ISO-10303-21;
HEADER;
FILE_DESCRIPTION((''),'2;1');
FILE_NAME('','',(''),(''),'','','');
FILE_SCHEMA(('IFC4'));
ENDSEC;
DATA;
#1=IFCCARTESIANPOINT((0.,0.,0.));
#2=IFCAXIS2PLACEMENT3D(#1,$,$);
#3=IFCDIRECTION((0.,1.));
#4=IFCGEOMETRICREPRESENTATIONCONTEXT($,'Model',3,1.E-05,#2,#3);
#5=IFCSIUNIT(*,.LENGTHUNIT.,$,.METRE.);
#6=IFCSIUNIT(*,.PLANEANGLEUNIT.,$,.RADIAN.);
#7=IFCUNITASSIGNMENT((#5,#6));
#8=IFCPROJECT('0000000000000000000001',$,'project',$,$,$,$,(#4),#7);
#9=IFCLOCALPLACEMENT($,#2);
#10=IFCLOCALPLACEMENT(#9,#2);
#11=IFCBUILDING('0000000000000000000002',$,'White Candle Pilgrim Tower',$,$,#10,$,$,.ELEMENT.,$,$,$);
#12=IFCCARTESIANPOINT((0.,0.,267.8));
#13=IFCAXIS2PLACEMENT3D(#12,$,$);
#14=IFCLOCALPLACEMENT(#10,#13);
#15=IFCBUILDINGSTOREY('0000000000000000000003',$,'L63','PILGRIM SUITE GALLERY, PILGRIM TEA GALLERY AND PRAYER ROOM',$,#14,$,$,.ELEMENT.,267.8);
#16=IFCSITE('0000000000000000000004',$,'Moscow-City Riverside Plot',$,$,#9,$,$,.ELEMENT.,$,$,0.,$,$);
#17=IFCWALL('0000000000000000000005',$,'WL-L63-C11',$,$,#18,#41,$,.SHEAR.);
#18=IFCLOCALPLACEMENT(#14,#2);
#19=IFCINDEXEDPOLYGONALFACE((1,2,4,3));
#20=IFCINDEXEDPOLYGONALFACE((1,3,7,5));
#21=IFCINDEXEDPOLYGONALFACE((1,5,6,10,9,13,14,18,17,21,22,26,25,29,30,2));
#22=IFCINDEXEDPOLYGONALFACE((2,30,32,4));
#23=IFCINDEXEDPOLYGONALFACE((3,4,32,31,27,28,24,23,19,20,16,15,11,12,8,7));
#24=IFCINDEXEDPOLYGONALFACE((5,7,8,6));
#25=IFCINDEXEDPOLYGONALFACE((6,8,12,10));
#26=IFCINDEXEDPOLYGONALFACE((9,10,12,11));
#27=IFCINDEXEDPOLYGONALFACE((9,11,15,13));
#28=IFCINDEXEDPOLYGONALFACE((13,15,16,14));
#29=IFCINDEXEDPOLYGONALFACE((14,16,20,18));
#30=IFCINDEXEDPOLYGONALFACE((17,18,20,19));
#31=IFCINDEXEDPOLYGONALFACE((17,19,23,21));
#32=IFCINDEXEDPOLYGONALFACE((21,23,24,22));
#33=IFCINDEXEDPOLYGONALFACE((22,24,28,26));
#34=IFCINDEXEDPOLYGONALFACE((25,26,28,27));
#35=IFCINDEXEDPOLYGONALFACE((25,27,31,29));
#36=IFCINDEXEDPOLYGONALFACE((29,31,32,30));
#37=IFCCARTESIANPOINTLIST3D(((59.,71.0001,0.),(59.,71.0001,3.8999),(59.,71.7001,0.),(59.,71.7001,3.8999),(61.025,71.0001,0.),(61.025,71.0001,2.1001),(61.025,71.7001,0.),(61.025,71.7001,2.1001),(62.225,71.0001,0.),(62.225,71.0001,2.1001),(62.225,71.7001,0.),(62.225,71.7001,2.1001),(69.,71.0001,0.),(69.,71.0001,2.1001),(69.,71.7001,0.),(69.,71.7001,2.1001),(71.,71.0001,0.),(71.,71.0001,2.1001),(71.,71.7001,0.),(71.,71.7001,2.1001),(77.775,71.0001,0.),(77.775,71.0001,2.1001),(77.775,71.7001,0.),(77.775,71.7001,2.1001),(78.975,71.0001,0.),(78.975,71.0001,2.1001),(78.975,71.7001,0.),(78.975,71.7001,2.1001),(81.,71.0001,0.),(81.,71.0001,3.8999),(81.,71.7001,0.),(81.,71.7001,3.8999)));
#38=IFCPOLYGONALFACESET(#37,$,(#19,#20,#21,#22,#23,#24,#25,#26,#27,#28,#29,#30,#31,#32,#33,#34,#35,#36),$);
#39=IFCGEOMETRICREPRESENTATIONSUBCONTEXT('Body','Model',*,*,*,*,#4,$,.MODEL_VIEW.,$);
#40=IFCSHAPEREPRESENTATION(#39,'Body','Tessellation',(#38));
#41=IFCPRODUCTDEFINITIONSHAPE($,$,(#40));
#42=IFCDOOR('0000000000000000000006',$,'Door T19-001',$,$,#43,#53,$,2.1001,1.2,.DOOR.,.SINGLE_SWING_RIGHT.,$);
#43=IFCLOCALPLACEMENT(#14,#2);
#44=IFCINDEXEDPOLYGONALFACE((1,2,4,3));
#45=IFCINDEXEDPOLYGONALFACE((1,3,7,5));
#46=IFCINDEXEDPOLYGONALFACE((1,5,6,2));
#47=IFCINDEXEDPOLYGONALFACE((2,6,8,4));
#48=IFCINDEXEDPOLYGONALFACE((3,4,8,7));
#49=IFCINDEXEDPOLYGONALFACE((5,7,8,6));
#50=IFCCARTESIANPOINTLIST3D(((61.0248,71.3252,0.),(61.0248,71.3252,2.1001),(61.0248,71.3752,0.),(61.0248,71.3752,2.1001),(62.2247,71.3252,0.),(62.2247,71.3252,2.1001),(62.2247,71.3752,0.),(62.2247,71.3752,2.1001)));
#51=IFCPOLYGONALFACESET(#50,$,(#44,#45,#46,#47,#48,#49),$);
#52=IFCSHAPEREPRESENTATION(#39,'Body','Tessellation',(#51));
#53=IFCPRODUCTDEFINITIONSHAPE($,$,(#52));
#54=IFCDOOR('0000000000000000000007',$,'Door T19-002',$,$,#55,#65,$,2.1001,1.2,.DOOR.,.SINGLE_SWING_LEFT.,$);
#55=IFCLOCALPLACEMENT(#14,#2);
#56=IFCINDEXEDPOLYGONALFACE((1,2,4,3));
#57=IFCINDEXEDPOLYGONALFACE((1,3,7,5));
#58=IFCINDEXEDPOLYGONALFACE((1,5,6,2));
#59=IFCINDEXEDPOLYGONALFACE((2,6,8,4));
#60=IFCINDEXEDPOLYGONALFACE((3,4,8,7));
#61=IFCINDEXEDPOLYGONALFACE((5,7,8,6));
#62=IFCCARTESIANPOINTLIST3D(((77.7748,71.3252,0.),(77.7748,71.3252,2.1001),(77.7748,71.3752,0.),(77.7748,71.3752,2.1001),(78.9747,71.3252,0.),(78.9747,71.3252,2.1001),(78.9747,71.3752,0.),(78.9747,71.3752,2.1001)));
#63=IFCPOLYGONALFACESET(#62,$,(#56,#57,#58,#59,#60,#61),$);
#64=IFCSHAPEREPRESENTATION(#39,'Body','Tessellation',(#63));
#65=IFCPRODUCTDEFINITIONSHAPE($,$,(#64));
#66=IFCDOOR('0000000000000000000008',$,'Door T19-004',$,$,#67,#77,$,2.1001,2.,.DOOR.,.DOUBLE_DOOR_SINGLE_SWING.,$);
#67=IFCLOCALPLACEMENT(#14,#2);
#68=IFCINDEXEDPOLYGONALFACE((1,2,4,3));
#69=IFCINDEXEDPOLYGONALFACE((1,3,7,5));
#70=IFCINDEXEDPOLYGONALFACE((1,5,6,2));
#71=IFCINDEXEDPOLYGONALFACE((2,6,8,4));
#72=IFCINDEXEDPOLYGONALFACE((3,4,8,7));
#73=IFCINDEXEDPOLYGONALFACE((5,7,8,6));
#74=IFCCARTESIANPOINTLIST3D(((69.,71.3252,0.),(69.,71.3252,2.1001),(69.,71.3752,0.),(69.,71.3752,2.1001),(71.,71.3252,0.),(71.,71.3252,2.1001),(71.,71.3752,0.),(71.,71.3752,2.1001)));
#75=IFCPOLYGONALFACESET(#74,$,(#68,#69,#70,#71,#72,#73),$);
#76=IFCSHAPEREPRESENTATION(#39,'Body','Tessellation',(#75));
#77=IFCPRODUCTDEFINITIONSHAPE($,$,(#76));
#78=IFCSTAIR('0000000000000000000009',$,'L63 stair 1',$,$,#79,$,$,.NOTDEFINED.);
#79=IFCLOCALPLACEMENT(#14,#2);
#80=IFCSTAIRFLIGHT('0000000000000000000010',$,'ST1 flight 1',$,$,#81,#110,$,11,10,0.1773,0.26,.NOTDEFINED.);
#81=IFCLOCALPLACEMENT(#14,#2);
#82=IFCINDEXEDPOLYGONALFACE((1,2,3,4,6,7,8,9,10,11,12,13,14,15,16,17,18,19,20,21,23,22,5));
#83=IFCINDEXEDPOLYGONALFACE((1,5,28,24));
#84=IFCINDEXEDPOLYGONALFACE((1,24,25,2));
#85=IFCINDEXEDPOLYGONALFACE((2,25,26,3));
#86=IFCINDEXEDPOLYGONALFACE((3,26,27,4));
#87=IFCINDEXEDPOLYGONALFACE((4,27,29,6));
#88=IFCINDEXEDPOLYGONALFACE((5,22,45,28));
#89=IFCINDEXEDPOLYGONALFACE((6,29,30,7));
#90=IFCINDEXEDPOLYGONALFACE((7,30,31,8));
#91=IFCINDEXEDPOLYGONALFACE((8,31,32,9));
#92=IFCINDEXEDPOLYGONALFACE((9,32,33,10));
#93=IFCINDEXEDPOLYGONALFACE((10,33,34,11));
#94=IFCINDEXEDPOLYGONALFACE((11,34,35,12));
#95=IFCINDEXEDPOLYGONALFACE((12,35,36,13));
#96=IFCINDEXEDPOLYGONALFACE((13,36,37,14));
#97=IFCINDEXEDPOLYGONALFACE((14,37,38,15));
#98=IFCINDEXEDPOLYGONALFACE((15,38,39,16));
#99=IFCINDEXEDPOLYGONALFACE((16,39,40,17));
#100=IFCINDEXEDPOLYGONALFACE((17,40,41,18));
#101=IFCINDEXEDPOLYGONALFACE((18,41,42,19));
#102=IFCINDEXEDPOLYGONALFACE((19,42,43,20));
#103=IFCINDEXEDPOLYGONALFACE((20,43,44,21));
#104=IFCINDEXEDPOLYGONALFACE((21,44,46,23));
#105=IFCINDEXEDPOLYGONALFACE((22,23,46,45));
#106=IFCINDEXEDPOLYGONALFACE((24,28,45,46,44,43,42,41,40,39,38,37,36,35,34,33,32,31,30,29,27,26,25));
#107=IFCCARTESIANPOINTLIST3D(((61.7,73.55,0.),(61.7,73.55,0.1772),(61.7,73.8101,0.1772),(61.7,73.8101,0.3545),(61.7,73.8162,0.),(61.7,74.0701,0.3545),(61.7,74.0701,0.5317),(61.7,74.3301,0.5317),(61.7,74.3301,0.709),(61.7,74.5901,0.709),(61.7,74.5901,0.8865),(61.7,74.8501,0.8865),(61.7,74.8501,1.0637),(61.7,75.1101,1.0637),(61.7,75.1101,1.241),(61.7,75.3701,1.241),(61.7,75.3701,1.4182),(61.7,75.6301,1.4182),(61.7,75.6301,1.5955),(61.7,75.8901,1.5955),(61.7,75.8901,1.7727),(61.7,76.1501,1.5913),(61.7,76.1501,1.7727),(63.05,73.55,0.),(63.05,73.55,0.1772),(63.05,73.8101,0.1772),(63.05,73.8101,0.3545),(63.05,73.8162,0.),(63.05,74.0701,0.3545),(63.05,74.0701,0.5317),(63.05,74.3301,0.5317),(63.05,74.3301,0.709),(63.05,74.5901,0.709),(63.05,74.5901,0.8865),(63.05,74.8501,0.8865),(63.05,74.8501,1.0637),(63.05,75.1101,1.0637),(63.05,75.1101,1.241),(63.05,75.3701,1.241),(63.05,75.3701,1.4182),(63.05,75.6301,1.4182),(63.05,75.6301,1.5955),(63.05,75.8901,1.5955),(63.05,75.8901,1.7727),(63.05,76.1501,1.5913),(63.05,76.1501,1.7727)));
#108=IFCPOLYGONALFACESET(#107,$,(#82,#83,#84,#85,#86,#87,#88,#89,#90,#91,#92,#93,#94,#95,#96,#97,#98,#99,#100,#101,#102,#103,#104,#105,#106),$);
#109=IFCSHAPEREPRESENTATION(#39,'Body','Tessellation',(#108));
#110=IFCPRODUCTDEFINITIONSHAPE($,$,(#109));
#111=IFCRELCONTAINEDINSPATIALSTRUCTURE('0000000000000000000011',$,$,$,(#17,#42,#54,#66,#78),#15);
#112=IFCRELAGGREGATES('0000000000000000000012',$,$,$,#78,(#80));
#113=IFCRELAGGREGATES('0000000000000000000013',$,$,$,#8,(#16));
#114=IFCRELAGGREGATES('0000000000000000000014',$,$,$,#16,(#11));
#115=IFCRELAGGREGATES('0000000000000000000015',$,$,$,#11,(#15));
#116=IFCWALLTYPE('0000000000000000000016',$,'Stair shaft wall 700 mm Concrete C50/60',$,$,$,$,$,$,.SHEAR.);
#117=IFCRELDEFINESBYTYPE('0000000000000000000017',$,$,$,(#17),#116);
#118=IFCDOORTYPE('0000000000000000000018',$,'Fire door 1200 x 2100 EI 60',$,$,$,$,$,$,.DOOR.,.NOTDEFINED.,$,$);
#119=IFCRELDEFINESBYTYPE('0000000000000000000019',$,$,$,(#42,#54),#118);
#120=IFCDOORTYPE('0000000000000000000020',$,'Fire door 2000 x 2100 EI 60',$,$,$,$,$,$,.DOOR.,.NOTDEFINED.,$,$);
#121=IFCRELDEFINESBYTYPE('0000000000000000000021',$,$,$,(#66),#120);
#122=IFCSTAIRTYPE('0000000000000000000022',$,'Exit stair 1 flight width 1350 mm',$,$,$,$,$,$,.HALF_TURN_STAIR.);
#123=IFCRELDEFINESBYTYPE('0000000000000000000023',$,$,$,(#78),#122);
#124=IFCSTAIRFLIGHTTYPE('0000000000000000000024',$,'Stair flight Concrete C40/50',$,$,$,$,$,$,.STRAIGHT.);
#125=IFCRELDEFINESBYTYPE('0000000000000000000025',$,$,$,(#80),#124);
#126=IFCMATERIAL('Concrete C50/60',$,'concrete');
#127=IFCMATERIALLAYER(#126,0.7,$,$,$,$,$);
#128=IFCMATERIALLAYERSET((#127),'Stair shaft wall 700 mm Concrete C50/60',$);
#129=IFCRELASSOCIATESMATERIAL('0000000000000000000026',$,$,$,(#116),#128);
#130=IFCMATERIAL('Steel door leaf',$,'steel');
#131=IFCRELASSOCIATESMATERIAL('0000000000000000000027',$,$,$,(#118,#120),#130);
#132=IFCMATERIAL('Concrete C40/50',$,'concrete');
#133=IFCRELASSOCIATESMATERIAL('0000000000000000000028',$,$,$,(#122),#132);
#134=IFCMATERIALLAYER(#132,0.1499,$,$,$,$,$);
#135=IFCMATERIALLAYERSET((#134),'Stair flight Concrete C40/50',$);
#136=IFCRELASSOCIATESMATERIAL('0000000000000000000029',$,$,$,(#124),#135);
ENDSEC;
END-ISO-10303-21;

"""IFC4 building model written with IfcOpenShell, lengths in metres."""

from ifc_helpers import new_model, si_unit, direction, frame, frame_2d, origin, place, context, subcontext, project, spatial, polyline, rectangle, outline, extrude, material, layer, layer_set, type_object, element, fill, aggregate, save


model = new_model("IFC4")

# Units and contexts
model_context = context("Model", 3, precision=1e-05, world=origin(), true_north=direction((0.0, 1.0)))
body_context = subcontext(model_context, "Body", "Model", "MODEL_VIEW")
ifc_project = project(units=[si_unit("LENGTHUNIT", "METRE"), si_unit("PLANEANGLEUNIT", "RADIAN")], contexts=[model_context])

# Site, building, storey
site_placement = place(None, origin())
site = spatial("IfcSite", under=ifc_project, at=site_placement, Name="Moscow-City Riverside Plot", CompositionType="ELEMENT", RefElevation=0.0)
building_placement = place(site_placement, origin())
building = spatial("IfcBuilding", under=site, at=building_placement, Name="White Candle Pilgrim Tower", CompositionType="ELEMENT")
storey_placement = place(building_placement, frame((0.0, 0.0, 267.8)))
storey = spatial("IfcBuildingStorey", under=building, at=storey_placement, Name="L63", Description="PILGRIM SUITE GALLERY, PILGRIM TEA GALLERY AND PRAYER ROOM", CompositionType="ELEMENT", Elevation=267.8)

# Shared definitions
ifc_material_1 = material(Name="Concrete C50/60", Category="concrete")

# Wall, openings, doors
ifc_layer_1 = layer(ifc_material_1, 0.7)
ifc_layer_set_1 = layer_set([ifc_layer_1], Name="Stair shaft wall 700 mm Concrete C50/60")
wall_type_1 = type_object("IfcWallType", Name="Stair shaft wall 700 mm Concrete C50/60", PredefinedType="SHEAR", material=ifc_layer_set_1)
wall_1_placement = place(storey_placement, frame((59.0, 71.3501, 0.0), z_axis=(0.0, 0.0, 1.0), x_axis=(1.0, 0.0, 0.0)))
wall_1 = element("IfcWall", 1, at=wall_1_placement, inside=storey, type_object=wall_type_1, Name="WL-L63-C11", PredefinedType="SHEAR", context=body_context, shape_type="SweptSolid", body=[
    extrude(rectangle(XDim=22.0, YDim=0.7, at=frame_2d((11.0, 0.0))), origin(), (0.0, 0.0, 1.0), 3.8999),
])
opening_1_placement = place(wall_1_placement, frame((2.0249, 0.0, 0.0)))
opening_1 = element("IfcOpeningElement", 2, at=opening_1_placement, cuts=wall_1, PredefinedType="OPENING", context=body_context, shape_type="SweptSolid", body=[
    extrude(rectangle(XDim=1.2, YDim=2.1001, at=frame_2d((0.6001, 1.05))), frame((0.0, 0.3599, 0.0), z_axis=(0.0, -1.0, 0.0), x_axis=(1.0, 0.0, 0.0)), (0.0, 0.0, 1.0), 0.72),
])
opening_2_placement = place(wall_1_placement, frame((18.7749, 0.0, 0.0)))
opening_2 = element("IfcOpeningElement", 3, at=opening_2_placement, cuts=wall_1, PredefinedType="OPENING", context=body_context, shape_type="SweptSolid", body=[
    extrude(rectangle(XDim=1.2, YDim=2.1001, at=frame_2d((0.6001, 1.05))), frame((0.0, 0.3599, 0.0), z_axis=(0.0, -1.0, 0.0), x_axis=(1.0, 0.0, 0.0)), (0.0, 0.0, 1.0), 0.72),
])
opening_3_placement = place(wall_1_placement, frame((10.0, 0.0, 0.0)))
opening_3 = element("IfcOpeningElement", 4, at=opening_3_placement, cuts=wall_1, PredefinedType="OPENING", context=body_context, shape_type="SweptSolid", body=[
    extrude(rectangle(XDim=2.0, YDim=2.1001, at=frame_2d((1.0, 1.05))), frame((0.0, 0.3599, 0.0), z_axis=(0.0, -1.0, 0.0), x_axis=(1.0, 0.0, 0.0)), (0.0, 0.0, 1.0), 0.72),
])
ifc_material_2 = material(Name="Steel door leaf", Category="steel")
door_type_1 = type_object("IfcDoorType", Name="Fire door 1200 x 2100 EI 60", OperationType="NOTDEFINED", PredefinedType="DOOR", material=ifc_material_2)
door_1_placement = place(opening_1_placement, frame((1.2, 0.0, 0.0), z_axis=(0.0, 0.0, 1.0), x_axis=(-1.0, 0.0, 0.0)))
door_1 = element("IfcDoor", 5, at=door_1_placement, inside=storey, type_object=door_type_1, Name="Door T19-001", OperationType="SINGLE_SWING_RIGHT", OverallHeight=2.1001, OverallWidth=1.2, PredefinedType="DOOR", context=body_context, shape_type="SweptSolid", body=[
    extrude(rectangle(XDim=1.2, YDim=2.1001, at=frame_2d((0.6001, 1.05))), frame((0.0, 0.0249, 0.0), z_axis=(0.0, -1.0, 0.0), x_axis=(1.0, 0.0, 0.0)), (0.0, 0.0, 1.0), 0.05),
])
fill(opening_1, door_1)
door_2_placement = place(opening_2_placement, frame((1.2, 0.0, 0.0), z_axis=(0.0, 0.0, 1.0), x_axis=(-1.0, 0.0, 0.0)))
door_2 = element("IfcDoor", 6, at=door_2_placement, inside=storey, type_object=door_type_1, Name="Door T19-002", OperationType="SINGLE_SWING_LEFT", OverallHeight=2.1001, OverallWidth=1.2, PredefinedType="DOOR", context=body_context, shape_type="SweptSolid", body=[
    extrude(rectangle(XDim=1.2, YDim=2.1001, at=frame_2d((0.6001, 1.05))), frame((0.0, 0.0249, 0.0), z_axis=(0.0, -1.0, 0.0), x_axis=(1.0, 0.0, 0.0)), (0.0, 0.0, 1.0), 0.05),
])
fill(opening_2, door_2)
door_type_2 = type_object("IfcDoorType", Name="Fire door 2000 x 2100 EI 60", OperationType="NOTDEFINED", PredefinedType="DOOR", material=ifc_material_2)
door_3_placement = place(opening_3_placement, frame((2.0, 0.0, 0.0), z_axis=(0.0, 0.0, 1.0), x_axis=(-1.0, 0.0, 0.0)))
door_3 = element("IfcDoor", 7, at=door_3_placement, inside=storey, type_object=door_type_2, Name="Door T19-004", OperationType="DOUBLE_DOOR_SINGLE_SWING", OverallHeight=2.1001, OverallWidth=2.0, PredefinedType="DOOR", context=body_context, shape_type="SweptSolid", body=[
    extrude(rectangle(XDim=2.0, YDim=2.1001, at=frame_2d((1.0, 1.05))), frame((0.0, 0.0249, 0.0), z_axis=(0.0, -1.0, 0.0), x_axis=(1.0, 0.0, 0.0)), (0.0, 0.0, 1.0), 0.05),
])
fill(opening_3, door_3)

# Stair, stair flight
ifc_material_3 = material(Name="Concrete C40/50", Category="concrete")
stair_type = type_object("IfcStairType", Name="Exit stair 1 flight width 1350 mm", PredefinedType="HALF_TURN_STAIR", material=ifc_material_3)
stair_placement = place(storey_placement, origin())
stair = element("IfcStair", 8, at=stair_placement, inside=storey, type_object=stair_type, Name="L63 stair 1", PredefinedType="NOTDEFINED")
ifc_layer_2 = layer(ifc_material_3, 0.1499)
ifc_layer_set_2 = layer_set([ifc_layer_2], Name="Stair flight Concrete C40/50")
stair_flight_type = type_object("IfcStairFlightType", Name="Stair flight Concrete C40/50", PredefinedType="STRAIGHT", material=ifc_layer_set_2)
stair_flight_placement = place(storey_placement, frame((62.375, 73.55, 0.0), z_axis=(0.0, 0.0, 1.0), x_axis=(0.0, 1.0, 0.0)))
stair_flight = element("IfcStairFlight", 9, at=stair_flight_placement, type_object=stair_flight_type, Name="ST1 flight 1", NumberOfRisers=11, NumberOfTreads=10, PredefinedType="NOTDEFINED", RiserHeight=0.1773, TreadLength=0.26, context=body_context, shape_type="SweptSolid", body=[
    extrude(outline(polyline([(0.0, 0.0), (0.0, 0.1772), (0.26, 0.1772), (0.26, 0.3545), (0.52, 0.3545), (0.52, 0.5317), (0.78, 0.5317), (0.78, 0.709), (1.04, 0.709), (1.04, 0.8865), (1.3, 0.8865), (1.3, 1.0637), (1.5601, 1.0637), (1.5601, 1.241), (1.8201, 1.241), (1.8201, 1.4182), (2.0801, 1.4182), (2.0801, 1.5955), (2.3401, 1.5955), (2.3401, 1.7727), (2.6001, 1.7727), (2.6001, 1.95), (2.6001, 1.5913), (0.2661, 0.0), (0.0, 0.0)])), frame((0.0, 0.675, 0.0), z_axis=(0.0, -1.0, 0.0), x_axis=(1.0, 0.0, 0.0)), (0.0, 0.0, 1.0), 1.3501),
])
aggregate(stair, [stair_flight])

save(model, "model.ifc")
